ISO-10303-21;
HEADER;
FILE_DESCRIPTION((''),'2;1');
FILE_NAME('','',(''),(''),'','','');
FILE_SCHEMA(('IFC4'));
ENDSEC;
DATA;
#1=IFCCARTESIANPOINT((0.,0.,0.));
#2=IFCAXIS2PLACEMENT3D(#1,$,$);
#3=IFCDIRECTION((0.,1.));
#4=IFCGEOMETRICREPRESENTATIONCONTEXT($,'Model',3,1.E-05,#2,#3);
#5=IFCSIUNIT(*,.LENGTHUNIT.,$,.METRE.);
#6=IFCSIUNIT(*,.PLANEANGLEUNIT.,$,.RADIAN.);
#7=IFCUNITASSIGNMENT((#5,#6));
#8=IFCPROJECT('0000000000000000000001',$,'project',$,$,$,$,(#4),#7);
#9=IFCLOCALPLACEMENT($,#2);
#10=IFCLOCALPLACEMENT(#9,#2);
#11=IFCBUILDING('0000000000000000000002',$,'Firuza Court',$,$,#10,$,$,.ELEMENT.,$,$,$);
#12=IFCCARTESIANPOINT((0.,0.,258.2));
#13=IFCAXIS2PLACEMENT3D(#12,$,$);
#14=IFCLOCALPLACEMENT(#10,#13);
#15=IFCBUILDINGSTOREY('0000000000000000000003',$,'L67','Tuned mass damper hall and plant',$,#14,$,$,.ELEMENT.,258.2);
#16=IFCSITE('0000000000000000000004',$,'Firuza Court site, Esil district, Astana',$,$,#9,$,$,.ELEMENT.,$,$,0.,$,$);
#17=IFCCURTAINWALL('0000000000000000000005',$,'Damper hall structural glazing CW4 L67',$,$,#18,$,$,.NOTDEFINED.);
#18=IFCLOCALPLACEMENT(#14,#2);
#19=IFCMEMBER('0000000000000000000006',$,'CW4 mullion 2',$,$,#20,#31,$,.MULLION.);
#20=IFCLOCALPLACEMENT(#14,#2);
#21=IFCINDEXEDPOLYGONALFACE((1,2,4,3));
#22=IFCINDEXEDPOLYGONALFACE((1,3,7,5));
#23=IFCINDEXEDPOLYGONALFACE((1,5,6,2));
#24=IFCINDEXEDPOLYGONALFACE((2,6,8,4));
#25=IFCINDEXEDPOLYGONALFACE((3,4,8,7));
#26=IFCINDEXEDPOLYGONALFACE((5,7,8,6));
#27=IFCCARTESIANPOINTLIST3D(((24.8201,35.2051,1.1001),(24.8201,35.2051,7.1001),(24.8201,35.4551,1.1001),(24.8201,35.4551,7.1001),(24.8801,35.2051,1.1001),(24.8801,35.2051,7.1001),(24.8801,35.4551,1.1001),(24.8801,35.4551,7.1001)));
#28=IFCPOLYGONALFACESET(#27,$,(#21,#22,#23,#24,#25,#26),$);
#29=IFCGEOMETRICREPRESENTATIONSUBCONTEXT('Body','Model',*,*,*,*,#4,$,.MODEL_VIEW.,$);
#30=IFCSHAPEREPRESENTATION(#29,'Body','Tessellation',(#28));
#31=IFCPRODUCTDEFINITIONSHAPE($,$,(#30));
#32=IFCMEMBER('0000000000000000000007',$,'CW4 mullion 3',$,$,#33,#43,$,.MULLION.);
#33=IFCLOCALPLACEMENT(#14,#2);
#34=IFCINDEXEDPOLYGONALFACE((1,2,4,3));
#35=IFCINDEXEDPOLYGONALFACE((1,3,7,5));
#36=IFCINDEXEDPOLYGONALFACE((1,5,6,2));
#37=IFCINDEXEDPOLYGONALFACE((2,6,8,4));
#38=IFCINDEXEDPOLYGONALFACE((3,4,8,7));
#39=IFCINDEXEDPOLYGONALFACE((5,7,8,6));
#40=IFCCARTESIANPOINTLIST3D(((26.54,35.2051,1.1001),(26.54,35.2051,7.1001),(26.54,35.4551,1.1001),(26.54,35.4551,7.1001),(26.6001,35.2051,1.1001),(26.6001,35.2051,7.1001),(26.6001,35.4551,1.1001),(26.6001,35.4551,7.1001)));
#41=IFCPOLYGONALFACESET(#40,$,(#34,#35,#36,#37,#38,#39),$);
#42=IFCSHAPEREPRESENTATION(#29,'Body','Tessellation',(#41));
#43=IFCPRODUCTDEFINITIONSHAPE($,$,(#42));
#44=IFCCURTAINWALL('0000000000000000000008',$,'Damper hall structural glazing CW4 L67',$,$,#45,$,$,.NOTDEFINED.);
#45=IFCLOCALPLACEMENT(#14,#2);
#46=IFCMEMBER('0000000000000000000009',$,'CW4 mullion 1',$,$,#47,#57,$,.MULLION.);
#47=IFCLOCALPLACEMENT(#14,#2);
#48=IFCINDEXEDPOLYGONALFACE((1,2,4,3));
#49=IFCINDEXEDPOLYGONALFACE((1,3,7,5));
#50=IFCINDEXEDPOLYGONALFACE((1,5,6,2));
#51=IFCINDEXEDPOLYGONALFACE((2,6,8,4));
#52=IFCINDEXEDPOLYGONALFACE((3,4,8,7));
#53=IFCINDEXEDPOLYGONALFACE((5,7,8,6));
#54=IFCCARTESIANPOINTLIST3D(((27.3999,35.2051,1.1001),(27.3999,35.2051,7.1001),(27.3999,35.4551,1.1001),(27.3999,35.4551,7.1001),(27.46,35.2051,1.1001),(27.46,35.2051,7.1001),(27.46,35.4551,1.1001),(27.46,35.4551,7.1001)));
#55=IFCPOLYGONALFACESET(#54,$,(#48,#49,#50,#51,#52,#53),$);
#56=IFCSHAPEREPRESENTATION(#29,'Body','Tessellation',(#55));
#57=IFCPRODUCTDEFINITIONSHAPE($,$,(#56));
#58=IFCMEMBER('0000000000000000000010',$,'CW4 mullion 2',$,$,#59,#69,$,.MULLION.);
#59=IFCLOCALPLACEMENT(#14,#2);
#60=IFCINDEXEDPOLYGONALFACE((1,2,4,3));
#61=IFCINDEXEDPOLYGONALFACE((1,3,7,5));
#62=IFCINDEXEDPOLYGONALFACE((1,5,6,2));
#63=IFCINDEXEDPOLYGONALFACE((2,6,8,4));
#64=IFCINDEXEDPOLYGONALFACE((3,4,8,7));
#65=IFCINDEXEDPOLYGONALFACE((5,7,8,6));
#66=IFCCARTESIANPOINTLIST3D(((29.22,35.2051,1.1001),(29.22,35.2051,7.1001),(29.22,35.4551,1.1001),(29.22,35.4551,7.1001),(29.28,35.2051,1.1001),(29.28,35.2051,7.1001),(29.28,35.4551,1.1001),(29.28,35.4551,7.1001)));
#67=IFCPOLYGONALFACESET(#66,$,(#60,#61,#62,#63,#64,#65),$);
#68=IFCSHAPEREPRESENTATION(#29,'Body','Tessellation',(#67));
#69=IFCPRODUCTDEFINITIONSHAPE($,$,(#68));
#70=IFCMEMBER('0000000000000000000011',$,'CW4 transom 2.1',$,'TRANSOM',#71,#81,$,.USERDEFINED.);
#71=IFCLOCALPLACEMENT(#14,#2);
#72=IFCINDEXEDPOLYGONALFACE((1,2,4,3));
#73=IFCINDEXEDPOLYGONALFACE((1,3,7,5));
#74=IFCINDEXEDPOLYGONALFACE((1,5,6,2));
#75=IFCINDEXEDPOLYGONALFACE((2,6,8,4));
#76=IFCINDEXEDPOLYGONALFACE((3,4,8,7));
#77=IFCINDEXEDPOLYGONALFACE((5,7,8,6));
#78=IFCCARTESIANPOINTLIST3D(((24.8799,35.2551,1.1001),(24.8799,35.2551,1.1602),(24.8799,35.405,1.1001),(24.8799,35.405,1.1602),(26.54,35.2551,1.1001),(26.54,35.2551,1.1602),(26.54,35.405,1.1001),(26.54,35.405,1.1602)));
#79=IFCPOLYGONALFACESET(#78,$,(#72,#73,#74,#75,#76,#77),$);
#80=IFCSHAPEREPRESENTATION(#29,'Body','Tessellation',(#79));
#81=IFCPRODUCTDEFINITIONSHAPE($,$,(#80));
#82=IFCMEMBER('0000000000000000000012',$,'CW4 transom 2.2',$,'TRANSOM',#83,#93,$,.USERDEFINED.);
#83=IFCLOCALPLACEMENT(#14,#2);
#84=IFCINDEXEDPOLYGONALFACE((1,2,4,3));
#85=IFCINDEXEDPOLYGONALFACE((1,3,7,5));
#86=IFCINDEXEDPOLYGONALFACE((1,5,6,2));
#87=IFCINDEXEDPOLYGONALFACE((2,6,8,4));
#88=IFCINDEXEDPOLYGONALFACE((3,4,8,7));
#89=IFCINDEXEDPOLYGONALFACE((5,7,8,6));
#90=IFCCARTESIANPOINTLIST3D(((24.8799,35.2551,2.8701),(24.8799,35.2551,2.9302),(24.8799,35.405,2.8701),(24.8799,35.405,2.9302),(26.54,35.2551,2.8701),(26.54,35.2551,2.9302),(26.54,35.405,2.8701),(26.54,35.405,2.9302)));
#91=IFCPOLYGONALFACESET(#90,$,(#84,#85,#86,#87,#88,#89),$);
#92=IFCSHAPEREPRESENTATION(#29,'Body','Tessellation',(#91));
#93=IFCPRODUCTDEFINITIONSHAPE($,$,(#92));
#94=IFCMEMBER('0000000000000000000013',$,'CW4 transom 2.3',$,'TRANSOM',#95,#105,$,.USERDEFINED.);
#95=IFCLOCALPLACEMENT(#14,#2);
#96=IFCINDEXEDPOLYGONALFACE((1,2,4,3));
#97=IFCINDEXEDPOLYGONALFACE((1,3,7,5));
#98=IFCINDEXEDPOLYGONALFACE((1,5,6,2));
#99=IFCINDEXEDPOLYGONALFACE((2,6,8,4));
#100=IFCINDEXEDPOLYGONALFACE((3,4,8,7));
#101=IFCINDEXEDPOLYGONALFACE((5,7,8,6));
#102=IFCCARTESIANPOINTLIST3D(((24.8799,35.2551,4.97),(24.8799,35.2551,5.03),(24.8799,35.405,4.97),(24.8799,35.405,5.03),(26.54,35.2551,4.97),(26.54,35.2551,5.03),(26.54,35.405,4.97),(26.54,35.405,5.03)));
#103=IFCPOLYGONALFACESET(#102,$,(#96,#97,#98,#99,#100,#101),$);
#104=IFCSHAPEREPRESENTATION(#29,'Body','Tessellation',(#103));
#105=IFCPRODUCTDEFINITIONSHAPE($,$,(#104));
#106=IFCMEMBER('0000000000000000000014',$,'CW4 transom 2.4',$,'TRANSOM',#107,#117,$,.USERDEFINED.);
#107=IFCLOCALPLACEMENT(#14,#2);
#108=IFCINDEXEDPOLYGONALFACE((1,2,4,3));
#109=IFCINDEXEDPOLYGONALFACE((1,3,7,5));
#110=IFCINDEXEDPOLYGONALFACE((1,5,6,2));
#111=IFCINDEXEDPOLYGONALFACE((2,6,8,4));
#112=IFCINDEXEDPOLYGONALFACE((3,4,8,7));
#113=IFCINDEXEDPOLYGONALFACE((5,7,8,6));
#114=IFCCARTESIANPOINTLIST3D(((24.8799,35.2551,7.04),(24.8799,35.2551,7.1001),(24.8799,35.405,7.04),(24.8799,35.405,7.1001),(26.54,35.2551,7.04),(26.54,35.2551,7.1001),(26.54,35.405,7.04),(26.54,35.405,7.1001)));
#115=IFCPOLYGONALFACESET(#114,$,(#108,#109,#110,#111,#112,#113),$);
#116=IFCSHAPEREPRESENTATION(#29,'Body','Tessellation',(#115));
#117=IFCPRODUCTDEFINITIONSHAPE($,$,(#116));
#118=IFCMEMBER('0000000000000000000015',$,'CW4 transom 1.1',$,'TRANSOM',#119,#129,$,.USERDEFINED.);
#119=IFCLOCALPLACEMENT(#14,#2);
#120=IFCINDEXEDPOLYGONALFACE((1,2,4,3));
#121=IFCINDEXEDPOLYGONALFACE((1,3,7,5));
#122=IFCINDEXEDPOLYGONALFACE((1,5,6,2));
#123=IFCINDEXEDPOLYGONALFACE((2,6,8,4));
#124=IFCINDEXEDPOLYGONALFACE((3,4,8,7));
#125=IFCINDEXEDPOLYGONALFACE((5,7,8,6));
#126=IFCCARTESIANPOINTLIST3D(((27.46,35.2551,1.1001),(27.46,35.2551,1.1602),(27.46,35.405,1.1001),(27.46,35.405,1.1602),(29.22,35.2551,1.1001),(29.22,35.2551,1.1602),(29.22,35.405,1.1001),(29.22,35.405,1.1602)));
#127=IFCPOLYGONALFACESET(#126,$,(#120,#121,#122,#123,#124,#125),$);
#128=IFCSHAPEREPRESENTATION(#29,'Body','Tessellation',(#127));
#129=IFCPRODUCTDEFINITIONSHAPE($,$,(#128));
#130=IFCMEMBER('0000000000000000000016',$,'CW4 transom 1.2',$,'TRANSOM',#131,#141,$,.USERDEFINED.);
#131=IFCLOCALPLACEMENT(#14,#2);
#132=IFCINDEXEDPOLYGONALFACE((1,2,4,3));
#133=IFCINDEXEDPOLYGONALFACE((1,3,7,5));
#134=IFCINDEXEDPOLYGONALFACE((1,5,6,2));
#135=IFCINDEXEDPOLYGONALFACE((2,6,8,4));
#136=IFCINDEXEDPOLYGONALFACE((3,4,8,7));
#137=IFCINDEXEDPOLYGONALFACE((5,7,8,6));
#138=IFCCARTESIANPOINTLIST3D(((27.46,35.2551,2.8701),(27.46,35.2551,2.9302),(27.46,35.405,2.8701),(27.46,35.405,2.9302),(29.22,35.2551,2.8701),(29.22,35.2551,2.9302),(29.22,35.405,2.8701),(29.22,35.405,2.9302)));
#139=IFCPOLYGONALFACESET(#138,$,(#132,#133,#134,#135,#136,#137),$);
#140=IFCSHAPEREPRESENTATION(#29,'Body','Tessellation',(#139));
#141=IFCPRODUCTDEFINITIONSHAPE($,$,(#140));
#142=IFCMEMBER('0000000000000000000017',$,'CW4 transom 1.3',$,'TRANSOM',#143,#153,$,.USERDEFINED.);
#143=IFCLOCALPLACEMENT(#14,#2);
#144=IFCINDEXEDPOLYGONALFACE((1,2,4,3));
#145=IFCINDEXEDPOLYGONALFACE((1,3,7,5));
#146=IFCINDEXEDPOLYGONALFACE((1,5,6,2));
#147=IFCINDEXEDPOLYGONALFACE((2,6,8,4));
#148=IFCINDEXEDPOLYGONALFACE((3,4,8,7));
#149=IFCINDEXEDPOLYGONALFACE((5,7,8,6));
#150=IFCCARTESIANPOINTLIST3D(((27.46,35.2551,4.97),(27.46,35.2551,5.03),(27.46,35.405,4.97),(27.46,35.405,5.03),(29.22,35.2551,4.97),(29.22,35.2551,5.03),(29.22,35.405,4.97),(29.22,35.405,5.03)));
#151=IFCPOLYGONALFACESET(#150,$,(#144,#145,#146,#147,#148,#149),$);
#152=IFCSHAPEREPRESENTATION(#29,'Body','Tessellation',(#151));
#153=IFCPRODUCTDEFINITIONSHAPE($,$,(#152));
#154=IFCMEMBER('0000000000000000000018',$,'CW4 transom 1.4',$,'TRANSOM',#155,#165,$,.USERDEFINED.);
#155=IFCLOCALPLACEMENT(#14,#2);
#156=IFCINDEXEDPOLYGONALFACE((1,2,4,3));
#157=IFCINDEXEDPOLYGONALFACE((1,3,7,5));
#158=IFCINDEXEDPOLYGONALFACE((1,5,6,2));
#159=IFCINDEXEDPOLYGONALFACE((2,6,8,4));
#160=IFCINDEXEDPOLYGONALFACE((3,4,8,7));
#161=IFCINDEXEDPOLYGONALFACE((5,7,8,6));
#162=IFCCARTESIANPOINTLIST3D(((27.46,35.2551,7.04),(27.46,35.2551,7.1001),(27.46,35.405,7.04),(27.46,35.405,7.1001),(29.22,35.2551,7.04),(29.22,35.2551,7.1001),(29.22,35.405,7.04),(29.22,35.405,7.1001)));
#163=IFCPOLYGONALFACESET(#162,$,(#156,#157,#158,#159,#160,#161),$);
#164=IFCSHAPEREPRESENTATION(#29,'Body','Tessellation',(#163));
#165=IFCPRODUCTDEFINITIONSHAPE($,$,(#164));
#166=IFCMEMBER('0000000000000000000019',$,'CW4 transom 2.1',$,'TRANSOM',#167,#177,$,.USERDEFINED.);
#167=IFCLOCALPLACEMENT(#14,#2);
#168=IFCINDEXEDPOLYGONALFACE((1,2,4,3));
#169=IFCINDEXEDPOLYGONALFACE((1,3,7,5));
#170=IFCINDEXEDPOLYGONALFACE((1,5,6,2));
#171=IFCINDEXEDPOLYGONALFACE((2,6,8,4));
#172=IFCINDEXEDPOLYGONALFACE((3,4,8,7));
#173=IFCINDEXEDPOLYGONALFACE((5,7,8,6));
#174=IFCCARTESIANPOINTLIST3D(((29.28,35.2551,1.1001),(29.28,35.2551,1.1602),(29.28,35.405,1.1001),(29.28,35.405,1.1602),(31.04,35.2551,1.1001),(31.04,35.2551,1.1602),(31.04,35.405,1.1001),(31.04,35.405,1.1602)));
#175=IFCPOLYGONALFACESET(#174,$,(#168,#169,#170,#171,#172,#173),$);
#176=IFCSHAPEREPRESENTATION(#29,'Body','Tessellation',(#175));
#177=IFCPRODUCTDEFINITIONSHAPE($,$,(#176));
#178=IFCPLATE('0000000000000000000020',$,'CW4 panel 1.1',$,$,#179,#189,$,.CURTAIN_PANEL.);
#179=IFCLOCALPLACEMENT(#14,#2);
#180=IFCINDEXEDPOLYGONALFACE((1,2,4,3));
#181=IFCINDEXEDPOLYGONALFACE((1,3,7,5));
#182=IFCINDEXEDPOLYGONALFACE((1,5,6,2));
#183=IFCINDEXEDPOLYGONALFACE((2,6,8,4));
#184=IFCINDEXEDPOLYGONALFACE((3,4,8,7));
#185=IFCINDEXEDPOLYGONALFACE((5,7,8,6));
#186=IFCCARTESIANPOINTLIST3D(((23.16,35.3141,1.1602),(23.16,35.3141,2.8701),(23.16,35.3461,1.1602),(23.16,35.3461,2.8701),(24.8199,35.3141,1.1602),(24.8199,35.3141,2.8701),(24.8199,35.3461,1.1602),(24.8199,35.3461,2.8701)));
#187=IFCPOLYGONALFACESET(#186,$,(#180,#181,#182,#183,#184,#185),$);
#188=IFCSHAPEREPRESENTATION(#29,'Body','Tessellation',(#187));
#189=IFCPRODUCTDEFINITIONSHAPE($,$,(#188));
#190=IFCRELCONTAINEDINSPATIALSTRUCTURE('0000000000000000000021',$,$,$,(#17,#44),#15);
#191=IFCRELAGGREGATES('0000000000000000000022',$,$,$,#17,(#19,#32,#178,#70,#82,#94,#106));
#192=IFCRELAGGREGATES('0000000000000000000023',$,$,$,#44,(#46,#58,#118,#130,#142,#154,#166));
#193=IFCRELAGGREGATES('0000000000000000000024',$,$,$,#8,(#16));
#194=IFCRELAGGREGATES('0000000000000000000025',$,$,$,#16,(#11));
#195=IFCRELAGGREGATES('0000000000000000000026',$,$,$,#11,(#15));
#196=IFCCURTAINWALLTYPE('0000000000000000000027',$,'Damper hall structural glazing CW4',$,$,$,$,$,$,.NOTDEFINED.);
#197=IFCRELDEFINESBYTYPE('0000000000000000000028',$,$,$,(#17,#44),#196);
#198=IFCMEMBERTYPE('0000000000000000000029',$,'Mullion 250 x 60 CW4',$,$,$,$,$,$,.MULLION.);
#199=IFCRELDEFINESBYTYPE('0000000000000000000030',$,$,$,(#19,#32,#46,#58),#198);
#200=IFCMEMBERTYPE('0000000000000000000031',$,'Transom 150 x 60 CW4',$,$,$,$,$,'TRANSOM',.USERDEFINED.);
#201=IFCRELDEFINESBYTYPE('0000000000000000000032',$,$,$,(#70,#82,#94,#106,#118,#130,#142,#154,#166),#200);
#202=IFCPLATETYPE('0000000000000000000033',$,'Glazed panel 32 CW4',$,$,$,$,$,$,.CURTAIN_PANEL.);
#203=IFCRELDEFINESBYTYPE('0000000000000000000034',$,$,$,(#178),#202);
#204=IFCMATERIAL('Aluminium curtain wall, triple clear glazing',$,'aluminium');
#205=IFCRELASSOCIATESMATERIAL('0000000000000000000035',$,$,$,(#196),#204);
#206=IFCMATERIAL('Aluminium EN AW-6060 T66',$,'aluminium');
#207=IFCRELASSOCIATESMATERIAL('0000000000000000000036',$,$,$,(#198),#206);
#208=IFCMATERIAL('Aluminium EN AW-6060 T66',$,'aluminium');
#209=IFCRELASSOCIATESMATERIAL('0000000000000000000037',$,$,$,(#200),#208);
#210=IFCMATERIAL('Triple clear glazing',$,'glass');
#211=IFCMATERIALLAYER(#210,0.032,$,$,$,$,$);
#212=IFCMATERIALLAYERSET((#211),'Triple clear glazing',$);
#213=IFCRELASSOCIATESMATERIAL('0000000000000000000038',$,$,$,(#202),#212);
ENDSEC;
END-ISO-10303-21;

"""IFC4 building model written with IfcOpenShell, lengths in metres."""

from ifc_helpers import new_model, si_unit, direction, frame, origin, origin_2d, place, context, subcontext, project, spatial, rectangle, extrude, material, layer, layer_set, material_profile, profile_set, type_object, element, aggregate, save


model = new_model("IFC4")

# Units and contexts
model_context = context("Model", 3, precision=1e-05, world=origin(), true_north=direction((0.0, 1.0)))
body_context = subcontext(model_context, "Body", "Model", "MODEL_VIEW")
ifc_project = project(units=[si_unit("LENGTHUNIT", "METRE"), si_unit("PLANEANGLEUNIT", "RADIAN")], contexts=[model_context])

# Site, building, storey
site_placement = place(None, origin())
site = spatial("IfcSite", under=ifc_project, at=site_placement, Name="Firuza Court site, Esil district, Astana", CompositionType="ELEMENT", RefElevation=0.0)
building_placement = place(site_placement, origin())
building = spatial("IfcBuilding", under=site, at=building_placement, Name="Firuza Court", CompositionType="ELEMENT")
storey_placement = place(building_placement, frame((0.0, 0.0, 258.2)))
storey = spatial("IfcBuildingStorey", under=building, at=storey_placement, Name="L67", Description="Tuned mass damper hall and plant", CompositionType="ELEMENT", Elevation=258.2)

# Curtain walls, members
ifc_material_1 = material(Name="Aluminium curtain wall, triple clear glazing", Category="aluminium")
curtain_wall_type = type_object("IfcCurtainWallType", Name="Damper hall structural glazing CW4", PredefinedType="NOTDEFINED", material=ifc_material_1)
curtain_wall_1_placement = place(storey_placement, origin())
curtain_wall_1 = element("IfcCurtainWall", 1, at=curtain_wall_1_placement, inside=storey, type_object=curtain_wall_type, Name="Damper hall structural glazing CW4 L67", PredefinedType="NOTDEFINED")
ifc_material_2 = material(Name="Aluminium EN AW-6060 T66", Category="aluminium")
ifc_material_profile_1 = material_profile(ifc_material_2, rectangle(XDim=0.25, YDim=0.0601, at=origin_2d()), Name="Mullion 250 x 60 CW4")
ifc_profile_set_1 = profile_set([ifc_material_profile_1], Name="Aluminium EN AW-6060 T66")
member_type_1 = type_object("IfcMemberType", Name="Mullion 250 x 60 CW4", PredefinedType="MULLION", material=ifc_profile_set_1)
member_1_placement = place(storey_placement, frame((24.8501, 35.3301, 1.1001), z_axis=(0.0, 0.0, 1.0), x_axis=(0.0, 1.0, 0.0)))
member_1 = element("IfcMember", 2, at=member_1_placement, type_object=member_type_1, Name="CW4 mullion 2", PredefinedType="MULLION", context=body_context, shape_type="SweptSolid", body=[
    extrude(rectangle(XDim=0.25, YDim=0.0601, at=origin_2d()), origin(), (0.0, 0.0, 1.0), 6.0),
])
member_2_placement = place(storey_placement, frame((26.5701, 35.3301, 1.1001), z_axis=(0.0, 0.0, 1.0), x_axis=(0.0, 1.0, 0.0)))
member_2 = element("IfcMember", 3, at=member_2_placement, type_object=member_type_1, Name="CW4 mullion 3", PredefinedType="MULLION", context=body_context, shape_type="SweptSolid", body=[
    extrude(rectangle(XDim=0.25, YDim=0.0601, at=origin_2d()), origin(), (0.0, 0.0, 1.0), 6.0),
])
curtain_wall_2_placement = place(storey_placement, origin())
curtain_wall_2 = element("IfcCurtainWall", 4, at=curtain_wall_2_placement, inside=storey, type_object=curtain_wall_type, Name="Damper hall structural glazing CW4 L67", PredefinedType="NOTDEFINED")
member_3_placement = place(storey_placement, frame((27.4299, 35.3301, 1.1001), z_axis=(0.0, 0.0, 1.0), x_axis=(0.0, 1.0, 0.0)))
member_3 = element("IfcMember", 5, at=member_3_placement, type_object=member_type_1, Name="CW4 mullion 1", PredefinedType="MULLION", context=body_context, shape_type="SweptSolid", body=[
    extrude(rectangle(XDim=0.25, YDim=0.0601, at=origin_2d()), origin(), (0.0, 0.0, 1.0), 6.0),
])
member_4_placement = place(storey_placement, frame((29.25, 35.3301, 1.1001), z_axis=(0.0, 0.0, 1.0), x_axis=(0.0, 1.0, 0.0)))
member_4 = element("IfcMember", 6, at=member_4_placement, type_object=member_type_1, Name="CW4 mullion 2", PredefinedType="MULLION", context=body_context, shape_type="SweptSolid", body=[
    extrude(rectangle(XDim=0.25, YDim=0.0601, at=origin_2d()), origin(), (0.0, 0.0, 1.0), 6.0),
])

# Members
ifc_material_3 = material(Name="Aluminium EN AW-6060 T66", Category="aluminium")
ifc_material_profile_2 = material_profile(ifc_material_3, rectangle(XDim=0.1499, YDim=0.0601, at=origin_2d()), Name="Transom 150 x 60 CW4")
ifc_profile_set_2 = profile_set([ifc_material_profile_2], Name="Aluminium EN AW-6060 T66")
member_type_2 = type_object("IfcMemberType", Name="Transom 150 x 60 CW4", ElementType="TRANSOM", PredefinedType="USERDEFINED", material=ifc_profile_set_2)
member_5_placement = place(storey_placement, frame((24.8799, 35.3301, 1.1301), z_axis=(1.0, 0.0, 0.0), x_axis=(0.0, 1.0, 0.0)))
member_5 = element("IfcMember", 7, at=member_5_placement, type_object=member_type_2, Name="CW4 transom 2.1", ObjectType="TRANSOM", PredefinedType="USERDEFINED", context=body_context, shape_type="SweptSolid", body=[
    extrude(rectangle(XDim=0.1499, YDim=0.0601, at=origin_2d()), origin(), (0.0, 0.0, 1.0), 1.6602),
])
member_6_placement = place(storey_placement, frame((24.8799, 35.3301, 2.9001), z_axis=(1.0, 0.0, 0.0), x_axis=(0.0, 1.0, 0.0)))
member_6 = element("IfcMember", 8, at=member_6_placement, type_object=member_type_2, Name="CW4 transom 2.2", ObjectType="TRANSOM", PredefinedType="USERDEFINED", context=body_context, shape_type="SweptSolid", body=[
    extrude(rectangle(XDim=0.1499, YDim=0.0601, at=origin_2d()), origin(), (0.0, 0.0, 1.0), 1.6602),
])
member_7_placement = place(storey_placement, frame((24.8799, 35.3301, 5.0), z_axis=(1.0, 0.0, 0.0), x_axis=(0.0, 1.0, 0.0)))
member_7 = element("IfcMember", 9, at=member_7_placement, type_object=member_type_2, Name="CW4 transom 2.3", ObjectType="TRANSOM", PredefinedType="USERDEFINED", context=body_context, shape_type="SweptSolid", body=[
    extrude(rectangle(XDim=0.1499, YDim=0.0601, at=origin_2d()), origin(), (0.0, 0.0, 1.0), 1.6602),
])
member_8_placement = place(storey_placement, frame((24.8799, 35.3301, 7.0701), z_axis=(1.0, 0.0, 0.0), x_axis=(0.0, 1.0, 0.0)))
member_8 = element("IfcMember", 10, at=member_8_placement, type_object=member_type_2, Name="CW4 transom 2.4", ObjectType="TRANSOM", PredefinedType="USERDEFINED", context=body_context, shape_type="SweptSolid", body=[
    extrude(rectangle(XDim=0.1499, YDim=0.0601, at=origin_2d()), origin(), (0.0, 0.0, 1.0), 1.6602),
])
member_9_placement = place(storey_placement, frame((27.46, 35.3301, 1.1301), z_axis=(1.0, 0.0, 0.0), x_axis=(0.0, 1.0, 0.0)))
member_9 = element("IfcMember", 11, at=member_9_placement, type_object=member_type_2, Name="CW4 transom 1.1", ObjectType="TRANSOM", PredefinedType="USERDEFINED", context=body_context, shape_type="SweptSolid", body=[
    extrude(rectangle(XDim=0.1499, YDim=0.0601, at=origin_2d()), origin(), (0.0, 0.0, 1.0), 1.76),
])
member_10_placement = place(storey_placement, frame((27.46, 35.3301, 2.9001), z_axis=(1.0, 0.0, 0.0), x_axis=(0.0, 1.0, 0.0)))
member_10 = element("IfcMember", 12, at=member_10_placement, type_object=member_type_2, Name="CW4 transom 1.2", ObjectType="TRANSOM", PredefinedType="USERDEFINED", context=body_context, shape_type="SweptSolid", body=[
    extrude(rectangle(XDim=0.1499, YDim=0.0601, at=origin_2d()), origin(), (0.0, 0.0, 1.0), 1.76),
])
member_11_placement = place(storey_placement, frame((27.46, 35.3301, 5.0), z_axis=(1.0, 0.0, 0.0), x_axis=(0.0, 1.0, 0.0)))
member_11 = element("IfcMember", 13, at=member_11_placement, type_object=member_type_2, Name="CW4 transom 1.3", ObjectType="TRANSOM", PredefinedType="USERDEFINED", context=body_context, shape_type="SweptSolid", body=[
    extrude(rectangle(XDim=0.1499, YDim=0.0601, at=origin_2d()), origin(), (0.0, 0.0, 1.0), 1.76),
])
member_12_placement = place(storey_placement, frame((27.46, 35.3301, 7.0701), z_axis=(1.0, 0.0, 0.0), x_axis=(0.0, 1.0, 0.0)))
member_12 = element("IfcMember", 14, at=member_12_placement, type_object=member_type_2, Name="CW4 transom 1.4", ObjectType="TRANSOM", PredefinedType="USERDEFINED", context=body_context, shape_type="SweptSolid", body=[
    extrude(rectangle(XDim=0.1499, YDim=0.0601, at=origin_2d()), origin(), (0.0, 0.0, 1.0), 1.76),
])
member_13_placement = place(storey_placement, frame((29.28, 35.3301, 1.1301), z_axis=(1.0, 0.0, 0.0), x_axis=(0.0, 1.0, 0.0)))
member_13 = element("IfcMember", 15, at=member_13_placement, type_object=member_type_2, Name="CW4 transom 2.1", ObjectType="TRANSOM", PredefinedType="USERDEFINED", context=body_context, shape_type="SweptSolid", body=[
    extrude(rectangle(XDim=0.1499, YDim=0.0601, at=origin_2d()), origin(), (0.0, 0.0, 1.0), 1.76),
])

# Plate
ifc_material_4 = material(Name="Triple clear glazing", Category="glass")
ifc_layer_1 = layer(ifc_material_4, 0.032)
ifc_layer_set_1 = layer_set([ifc_layer_1], Name="Triple clear glazing")
plate_type = type_object("IfcPlateType", Name="Glazed panel 32 CW4", PredefinedType="CURTAIN_PANEL", material=ifc_layer_set_1)
plate_1_placement = place(storey_placement, frame((23.99, 35.3301, 1.1602), z_axis=(0.0, 0.0, 1.0), x_axis=(1.0, 0.0, 0.0)))
plate_1 = element("IfcPlate", 16, at=plate_1_placement, type_object=plate_type, Name="CW4 panel 1.1", PredefinedType="CURTAIN_PANEL", context=body_context, shape_type="SweptSolid", body=[
    extrude(rectangle(XDim=1.6599, YDim=0.032, at=origin_2d()), origin(), (0.0, 0.0, 1.0), 1.71),
])
aggregate(curtain_wall_1, [member_1, member_2, plate_1, member_5, member_6, member_7, member_8])
aggregate(curtain_wall_2, [member_3, member_4, member_9, member_10, member_11, member_12, member_13])

save(model, "model.ifc")
